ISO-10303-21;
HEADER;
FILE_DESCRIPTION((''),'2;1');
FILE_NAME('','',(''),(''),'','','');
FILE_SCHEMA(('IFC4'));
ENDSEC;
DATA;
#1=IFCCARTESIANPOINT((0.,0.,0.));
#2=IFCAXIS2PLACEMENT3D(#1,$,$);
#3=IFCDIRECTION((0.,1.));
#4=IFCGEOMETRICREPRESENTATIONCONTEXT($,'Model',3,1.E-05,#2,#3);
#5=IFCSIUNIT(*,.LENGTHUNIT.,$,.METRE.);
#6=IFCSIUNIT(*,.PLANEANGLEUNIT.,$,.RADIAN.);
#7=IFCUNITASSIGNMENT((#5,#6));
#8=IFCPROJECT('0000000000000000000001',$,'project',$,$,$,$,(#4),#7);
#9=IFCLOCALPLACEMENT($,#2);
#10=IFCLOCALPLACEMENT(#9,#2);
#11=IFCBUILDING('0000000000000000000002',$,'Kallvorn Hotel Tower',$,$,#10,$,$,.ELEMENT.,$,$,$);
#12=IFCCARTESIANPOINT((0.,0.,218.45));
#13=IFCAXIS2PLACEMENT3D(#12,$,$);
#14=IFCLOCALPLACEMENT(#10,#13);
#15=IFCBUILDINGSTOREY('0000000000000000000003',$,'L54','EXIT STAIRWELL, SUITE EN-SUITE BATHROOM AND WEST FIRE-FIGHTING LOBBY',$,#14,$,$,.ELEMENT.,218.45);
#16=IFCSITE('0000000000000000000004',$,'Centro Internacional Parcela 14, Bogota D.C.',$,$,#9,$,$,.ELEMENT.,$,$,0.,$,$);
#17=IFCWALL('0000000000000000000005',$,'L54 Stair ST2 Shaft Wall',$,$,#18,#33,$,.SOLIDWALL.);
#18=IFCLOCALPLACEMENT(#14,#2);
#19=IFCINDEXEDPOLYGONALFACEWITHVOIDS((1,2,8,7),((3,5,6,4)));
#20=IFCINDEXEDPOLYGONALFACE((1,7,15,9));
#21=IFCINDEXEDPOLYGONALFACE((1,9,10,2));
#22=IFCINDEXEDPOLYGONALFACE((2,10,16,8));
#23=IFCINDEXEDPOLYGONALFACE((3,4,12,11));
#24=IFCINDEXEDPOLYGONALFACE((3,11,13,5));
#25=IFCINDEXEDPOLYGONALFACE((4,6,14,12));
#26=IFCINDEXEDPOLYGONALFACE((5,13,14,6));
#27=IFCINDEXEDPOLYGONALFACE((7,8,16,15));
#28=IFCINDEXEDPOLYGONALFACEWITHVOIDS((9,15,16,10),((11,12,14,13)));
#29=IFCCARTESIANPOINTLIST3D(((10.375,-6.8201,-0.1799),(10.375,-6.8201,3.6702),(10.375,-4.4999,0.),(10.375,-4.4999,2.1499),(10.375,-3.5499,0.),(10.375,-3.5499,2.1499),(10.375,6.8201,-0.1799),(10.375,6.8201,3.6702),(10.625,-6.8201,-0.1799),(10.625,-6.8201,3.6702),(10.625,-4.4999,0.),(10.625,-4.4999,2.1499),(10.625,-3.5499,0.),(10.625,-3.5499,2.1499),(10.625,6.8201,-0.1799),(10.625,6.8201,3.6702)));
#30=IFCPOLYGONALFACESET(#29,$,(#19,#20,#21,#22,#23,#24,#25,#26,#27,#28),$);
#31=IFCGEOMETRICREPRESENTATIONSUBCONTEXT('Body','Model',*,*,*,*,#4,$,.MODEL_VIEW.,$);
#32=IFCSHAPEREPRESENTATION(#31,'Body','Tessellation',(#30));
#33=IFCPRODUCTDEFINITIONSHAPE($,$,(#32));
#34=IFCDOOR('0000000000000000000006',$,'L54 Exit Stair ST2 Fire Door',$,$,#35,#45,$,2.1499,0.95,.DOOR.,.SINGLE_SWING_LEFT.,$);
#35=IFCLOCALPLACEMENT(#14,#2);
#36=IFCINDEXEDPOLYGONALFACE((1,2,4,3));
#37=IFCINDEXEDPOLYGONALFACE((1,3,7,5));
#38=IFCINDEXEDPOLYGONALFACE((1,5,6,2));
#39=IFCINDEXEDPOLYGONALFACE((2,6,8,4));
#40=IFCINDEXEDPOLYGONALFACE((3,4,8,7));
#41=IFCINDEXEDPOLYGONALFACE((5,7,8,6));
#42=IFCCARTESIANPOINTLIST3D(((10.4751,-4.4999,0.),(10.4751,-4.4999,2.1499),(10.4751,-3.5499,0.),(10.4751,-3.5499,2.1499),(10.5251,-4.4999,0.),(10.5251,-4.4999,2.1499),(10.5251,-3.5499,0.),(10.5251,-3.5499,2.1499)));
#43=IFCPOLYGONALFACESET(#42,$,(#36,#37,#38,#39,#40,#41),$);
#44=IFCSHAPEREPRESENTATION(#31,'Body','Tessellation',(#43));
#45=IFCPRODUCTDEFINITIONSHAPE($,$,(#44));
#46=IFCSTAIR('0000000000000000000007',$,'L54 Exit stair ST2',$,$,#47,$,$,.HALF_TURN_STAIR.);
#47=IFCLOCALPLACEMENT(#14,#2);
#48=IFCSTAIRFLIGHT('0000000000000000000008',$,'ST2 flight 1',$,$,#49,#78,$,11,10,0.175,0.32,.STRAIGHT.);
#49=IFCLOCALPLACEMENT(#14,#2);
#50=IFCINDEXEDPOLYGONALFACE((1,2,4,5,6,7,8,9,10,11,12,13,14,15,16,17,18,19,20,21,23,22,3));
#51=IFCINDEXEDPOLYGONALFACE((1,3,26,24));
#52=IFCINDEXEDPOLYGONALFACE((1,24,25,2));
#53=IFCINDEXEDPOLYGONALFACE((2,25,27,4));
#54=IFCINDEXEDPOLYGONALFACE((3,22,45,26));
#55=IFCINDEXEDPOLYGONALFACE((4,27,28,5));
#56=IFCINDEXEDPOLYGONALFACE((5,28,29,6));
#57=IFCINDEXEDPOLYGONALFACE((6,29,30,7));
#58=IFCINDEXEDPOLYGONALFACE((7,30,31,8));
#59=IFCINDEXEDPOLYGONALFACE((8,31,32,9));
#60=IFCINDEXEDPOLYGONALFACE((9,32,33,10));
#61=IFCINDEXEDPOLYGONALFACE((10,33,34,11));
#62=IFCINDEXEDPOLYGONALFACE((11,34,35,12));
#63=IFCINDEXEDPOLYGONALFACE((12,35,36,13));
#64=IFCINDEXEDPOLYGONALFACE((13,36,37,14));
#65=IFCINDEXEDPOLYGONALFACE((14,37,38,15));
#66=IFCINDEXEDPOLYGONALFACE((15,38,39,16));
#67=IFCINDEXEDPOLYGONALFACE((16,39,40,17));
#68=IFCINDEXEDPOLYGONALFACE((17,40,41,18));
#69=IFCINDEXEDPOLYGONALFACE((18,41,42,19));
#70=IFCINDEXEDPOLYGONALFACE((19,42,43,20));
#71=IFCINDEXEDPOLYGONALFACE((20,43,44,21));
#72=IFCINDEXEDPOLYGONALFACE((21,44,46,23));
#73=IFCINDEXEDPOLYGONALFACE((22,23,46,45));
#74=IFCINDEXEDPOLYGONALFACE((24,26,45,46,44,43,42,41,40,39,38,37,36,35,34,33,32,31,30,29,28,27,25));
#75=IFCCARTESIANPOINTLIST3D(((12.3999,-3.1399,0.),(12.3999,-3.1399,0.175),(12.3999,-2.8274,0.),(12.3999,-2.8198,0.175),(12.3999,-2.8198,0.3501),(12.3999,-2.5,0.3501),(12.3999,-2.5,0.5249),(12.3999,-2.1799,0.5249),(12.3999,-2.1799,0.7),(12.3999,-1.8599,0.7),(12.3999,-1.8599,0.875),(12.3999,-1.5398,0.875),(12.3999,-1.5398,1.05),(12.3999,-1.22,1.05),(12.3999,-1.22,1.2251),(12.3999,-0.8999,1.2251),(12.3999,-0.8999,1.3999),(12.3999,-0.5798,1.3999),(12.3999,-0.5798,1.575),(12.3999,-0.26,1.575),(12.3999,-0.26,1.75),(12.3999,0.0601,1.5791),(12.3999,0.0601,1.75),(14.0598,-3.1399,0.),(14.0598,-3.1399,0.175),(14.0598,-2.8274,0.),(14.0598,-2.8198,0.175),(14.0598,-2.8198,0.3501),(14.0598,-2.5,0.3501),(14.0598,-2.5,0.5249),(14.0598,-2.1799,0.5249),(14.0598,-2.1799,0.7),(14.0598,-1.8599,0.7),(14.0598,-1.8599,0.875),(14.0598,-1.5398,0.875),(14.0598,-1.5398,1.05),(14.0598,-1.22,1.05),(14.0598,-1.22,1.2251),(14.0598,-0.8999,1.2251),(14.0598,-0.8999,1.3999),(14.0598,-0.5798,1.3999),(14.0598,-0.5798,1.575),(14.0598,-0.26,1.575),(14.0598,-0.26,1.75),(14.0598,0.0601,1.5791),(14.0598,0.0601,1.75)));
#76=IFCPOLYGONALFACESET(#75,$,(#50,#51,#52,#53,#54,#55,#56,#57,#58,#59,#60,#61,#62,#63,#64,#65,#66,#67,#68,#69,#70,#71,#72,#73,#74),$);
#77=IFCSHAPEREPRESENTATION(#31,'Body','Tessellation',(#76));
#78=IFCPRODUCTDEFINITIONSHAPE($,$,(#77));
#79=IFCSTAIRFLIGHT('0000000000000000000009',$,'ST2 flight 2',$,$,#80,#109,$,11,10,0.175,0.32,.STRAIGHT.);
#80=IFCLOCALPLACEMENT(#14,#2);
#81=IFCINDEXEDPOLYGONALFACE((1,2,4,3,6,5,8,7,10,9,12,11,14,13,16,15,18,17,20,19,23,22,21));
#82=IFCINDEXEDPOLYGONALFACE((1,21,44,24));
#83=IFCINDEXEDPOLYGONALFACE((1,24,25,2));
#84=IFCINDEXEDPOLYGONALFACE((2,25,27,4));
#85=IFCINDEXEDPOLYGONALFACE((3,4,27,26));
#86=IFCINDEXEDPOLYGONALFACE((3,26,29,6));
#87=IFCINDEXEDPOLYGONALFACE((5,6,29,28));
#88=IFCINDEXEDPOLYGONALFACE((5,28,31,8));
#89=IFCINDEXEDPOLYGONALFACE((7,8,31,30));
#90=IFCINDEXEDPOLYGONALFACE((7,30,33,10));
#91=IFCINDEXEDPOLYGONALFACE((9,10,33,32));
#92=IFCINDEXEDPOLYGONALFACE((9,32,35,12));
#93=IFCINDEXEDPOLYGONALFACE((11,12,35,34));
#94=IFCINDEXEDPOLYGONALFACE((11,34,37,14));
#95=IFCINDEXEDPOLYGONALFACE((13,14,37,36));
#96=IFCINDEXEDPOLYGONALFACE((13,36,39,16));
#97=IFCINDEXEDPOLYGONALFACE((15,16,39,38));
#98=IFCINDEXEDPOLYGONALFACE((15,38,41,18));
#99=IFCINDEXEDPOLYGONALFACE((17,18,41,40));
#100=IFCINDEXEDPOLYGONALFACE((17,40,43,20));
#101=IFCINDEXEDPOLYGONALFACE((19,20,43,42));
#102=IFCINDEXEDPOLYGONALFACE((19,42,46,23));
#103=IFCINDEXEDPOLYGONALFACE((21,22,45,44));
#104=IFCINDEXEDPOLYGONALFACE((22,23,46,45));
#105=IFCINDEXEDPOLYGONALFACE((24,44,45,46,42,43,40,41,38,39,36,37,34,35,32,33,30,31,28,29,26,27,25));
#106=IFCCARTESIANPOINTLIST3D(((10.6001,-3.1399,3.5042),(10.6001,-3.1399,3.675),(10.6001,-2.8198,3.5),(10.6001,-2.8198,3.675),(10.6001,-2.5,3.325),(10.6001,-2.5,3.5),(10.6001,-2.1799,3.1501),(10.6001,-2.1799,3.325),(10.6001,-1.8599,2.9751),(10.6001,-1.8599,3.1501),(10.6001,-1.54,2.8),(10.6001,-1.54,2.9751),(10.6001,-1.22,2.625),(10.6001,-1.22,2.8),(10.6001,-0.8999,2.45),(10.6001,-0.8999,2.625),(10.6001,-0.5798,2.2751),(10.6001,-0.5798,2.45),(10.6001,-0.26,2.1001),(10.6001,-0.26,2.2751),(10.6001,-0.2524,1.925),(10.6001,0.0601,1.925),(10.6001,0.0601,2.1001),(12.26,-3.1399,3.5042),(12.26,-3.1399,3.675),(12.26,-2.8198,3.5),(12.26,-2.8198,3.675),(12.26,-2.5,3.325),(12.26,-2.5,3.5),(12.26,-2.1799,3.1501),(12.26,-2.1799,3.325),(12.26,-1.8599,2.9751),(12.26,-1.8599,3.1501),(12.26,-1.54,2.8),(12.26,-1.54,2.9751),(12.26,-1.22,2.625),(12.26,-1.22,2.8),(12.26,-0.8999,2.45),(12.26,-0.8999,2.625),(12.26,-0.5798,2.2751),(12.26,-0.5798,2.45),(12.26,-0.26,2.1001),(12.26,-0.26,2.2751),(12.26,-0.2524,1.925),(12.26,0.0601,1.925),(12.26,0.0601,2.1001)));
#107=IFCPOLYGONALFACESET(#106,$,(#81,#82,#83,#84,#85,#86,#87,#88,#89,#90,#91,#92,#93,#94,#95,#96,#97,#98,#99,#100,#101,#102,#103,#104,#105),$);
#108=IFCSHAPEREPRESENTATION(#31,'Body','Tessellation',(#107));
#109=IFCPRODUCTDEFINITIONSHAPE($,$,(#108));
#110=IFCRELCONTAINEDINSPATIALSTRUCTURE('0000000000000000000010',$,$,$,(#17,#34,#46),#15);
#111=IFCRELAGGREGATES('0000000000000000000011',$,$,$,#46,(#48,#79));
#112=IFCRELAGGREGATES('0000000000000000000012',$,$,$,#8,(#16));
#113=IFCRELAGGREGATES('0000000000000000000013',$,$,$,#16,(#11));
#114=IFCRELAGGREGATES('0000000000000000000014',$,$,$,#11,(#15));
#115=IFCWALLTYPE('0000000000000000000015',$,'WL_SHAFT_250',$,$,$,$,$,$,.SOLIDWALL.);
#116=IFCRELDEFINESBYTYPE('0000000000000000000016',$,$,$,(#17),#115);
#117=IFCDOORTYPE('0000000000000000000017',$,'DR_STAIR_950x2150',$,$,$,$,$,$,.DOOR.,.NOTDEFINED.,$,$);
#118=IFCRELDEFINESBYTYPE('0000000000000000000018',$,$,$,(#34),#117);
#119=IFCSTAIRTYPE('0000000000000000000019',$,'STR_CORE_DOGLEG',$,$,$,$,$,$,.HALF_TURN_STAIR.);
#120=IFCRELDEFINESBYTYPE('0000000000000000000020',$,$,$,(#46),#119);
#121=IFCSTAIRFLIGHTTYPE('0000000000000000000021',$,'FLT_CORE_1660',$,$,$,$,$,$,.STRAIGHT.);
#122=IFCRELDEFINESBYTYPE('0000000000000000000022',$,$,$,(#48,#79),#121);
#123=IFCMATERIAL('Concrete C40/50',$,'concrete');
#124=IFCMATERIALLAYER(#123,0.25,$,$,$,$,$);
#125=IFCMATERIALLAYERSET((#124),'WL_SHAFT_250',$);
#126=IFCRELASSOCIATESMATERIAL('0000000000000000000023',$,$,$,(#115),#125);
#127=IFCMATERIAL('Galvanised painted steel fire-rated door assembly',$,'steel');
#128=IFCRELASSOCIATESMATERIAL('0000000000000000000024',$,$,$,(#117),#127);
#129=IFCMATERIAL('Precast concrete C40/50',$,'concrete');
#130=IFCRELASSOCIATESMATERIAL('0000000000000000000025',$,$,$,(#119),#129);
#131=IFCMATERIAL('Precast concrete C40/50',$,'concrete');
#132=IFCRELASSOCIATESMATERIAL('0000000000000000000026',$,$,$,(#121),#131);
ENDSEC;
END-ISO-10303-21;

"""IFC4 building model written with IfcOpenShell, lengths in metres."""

from ifc_helpers import new_model, si_unit, direction, frame, frame_2d, origin, place, context, subcontext, project, spatial, polyline, rectangle, outline, extrude, material, layer, layer_set, type_object, element, fill, aggregate, save


model = new_model("IFC4")

# Units and contexts
model_context = context("Model", 3, precision=1e-05, world=origin(), true_north=direction((0.0, 1.0)))
body_context = subcontext(model_context, "Body", "Model", "MODEL_VIEW")
ifc_project = project(units=[si_unit("LENGTHUNIT", "METRE"), si_unit("PLANEANGLEUNIT", "RADIAN")], contexts=[model_context])

# Site, building, storey
site_placement = place(None, origin())
site = spatial("IfcSite", under=ifc_project, at=site_placement, Name="Centro Internacional Parcela 14, Bogota D.C.", CompositionType="ELEMENT", RefElevation=0.0)
building_placement = place(site_placement, origin())
building = spatial("IfcBuilding", under=site, at=building_placement, Name="Kallvorn Hotel Tower", CompositionType="ELEMENT")
storey_placement = place(building_placement, frame((0.0, 0.0, 218.45)))
storey = spatial("IfcBuildingStorey", under=building, at=storey_placement, Name="L54", Description="EXIT STAIRWELL, SUITE EN-SUITE BATHROOM AND WEST FIRE-FIGHTING LOBBY", CompositionType="ELEMENT", Elevation=218.45)

# Wall, opening, door
ifc_material_1 = material(Name="Concrete C40/50", Category="concrete")
ifc_layer_1 = layer(ifc_material_1, 0.25)
ifc_layer_set_1 = layer_set([ifc_layer_1], Name="WL_SHAFT_250")
wall_type_1 = type_object("IfcWallType", Name="WL_SHAFT_250", PredefinedType="SOLIDWALL", material=ifc_layer_set_1)
wall_1_placement = place(storey_placement, frame((10.5, -6.8201, -0.1799), z_axis=(0.0, 0.0, 1.0), x_axis=(0.0, 1.0, 0.0)))
wall_1 = element("IfcWall", 1, at=wall_1_placement, inside=storey, type_object=wall_type_1, Name="L54 Stair ST2 Shaft Wall", PredefinedType="SOLIDWALL", context=body_context, shape_type="SweptSolid", body=[
    extrude(rectangle(XDim=13.6401, YDim=0.25, at=frame_2d((6.8201, 0.0))), origin(), (0.0, 0.0, 1.0), 3.8501),
])
opening_1_placement = place(wall_1_placement, frame((2.3201, 0.0, 0.1799)))
opening_1 = element("IfcOpeningElement", 2, at=opening_1_placement, cuts=wall_1, PredefinedType="OPENING", context=body_context, shape_type="SweptSolid", body=[
    extrude(rectangle(XDim=0.95, YDim=2.1499, at=frame_2d((0.4751, 1.075))), frame((0.0, 0.1399, 0.0), z_axis=(0.0, -1.0, 0.0), x_axis=(1.0, 0.0, 0.0)), (0.0, 0.0, 1.0), 0.28),
])
ifc_material_2 = material(Name="Galvanised painted steel fire-rated door assembly", Category="steel")
door_type_1 = type_object("IfcDoorType", Name="DR_STAIR_950x2150", OperationType="NOTDEFINED", PredefinedType="DOOR", material=ifc_material_2)
door_1_placement = place(opening_1_placement, origin())
door_1 = element("IfcDoor", 3, at=door_1_placement, inside=storey, type_object=door_type_1, Name="L54 Exit Stair ST2 Fire Door", OperationType="SINGLE_SWING_LEFT", OverallHeight=2.1499, OverallWidth=0.95, PredefinedType="DOOR", context=body_context, shape_type="SweptSolid", body=[
    extrude(rectangle(XDim=0.95, YDim=2.1499, at=frame_2d((0.4751, 1.075))), frame((0.0, 0.0249, 0.0), z_axis=(0.0, -1.0, 0.0), x_axis=(1.0, 0.0, 0.0)), (0.0, 0.0, 1.0), 0.05),
])
fill(opening_1, door_1)

# Stair, stair flights
ifc_material_3 = material(Name="Precast concrete C40/50", Category="concrete")
stair_type = type_object("IfcStairType", Name="STR_CORE_DOGLEG", PredefinedType="HALF_TURN_STAIR", material=ifc_material_3)
stair_placement = place(storey_placement, origin())
stair = element("IfcStair", 4, at=stair_placement, inside=storey, type_object=stair_type, Name="L54 Exit stair ST2", PredefinedType="HALF_TURN_STAIR")
ifc_material_4 = material(Name="Precast concrete C40/50", Category="concrete")
stair_flight_type = type_object("IfcStairFlightType", Name="FLT_CORE_1660", PredefinedType="STRAIGHT", material=ifc_material_4)
stair_flight_1_placement = place(storey_placement, frame((13.23, -3.1399, 0.0), z_axis=(0.0, 0.0, 1.0), x_axis=(0.0, 1.0, 0.0)))
stair_flight_1 = element("IfcStairFlight", 5, at=stair_flight_1_placement, type_object=stair_flight_type, Name="ST2 flight 1", NumberOfRisers=11, NumberOfTreads=10, PredefinedType="STRAIGHT", RiserHeight=0.175, TreadLength=0.32, context=body_context, shape_type="SweptSolid", body=[
    extrude(outline(polyline([(0.0, 0.0), (0.0, 0.175), (0.3201, 0.175), (0.3201, 0.3501), (0.6399, 0.3501), (0.6399, 0.5249), (0.96, 0.5249), (0.96, 0.7), (1.28, 0.7), (1.28, 0.875), (1.6001, 0.875), (1.6001, 1.05), (1.9199, 1.05), (1.9199, 1.2251), (2.24, 1.2251), (2.24, 1.3999), (2.5601, 1.3999), (2.5601, 1.575), (2.8799, 1.575), (2.8799, 1.75), (3.2, 1.75), (3.2, 1.925), (3.2, 1.5791), (0.3125, 0.0), (0.0, 0.0)])), frame((0.0, 0.8301, 0.0), z_axis=(0.0, -1.0, 0.0), x_axis=(1.0, 0.0, 0.0)), (0.0, 0.0, 1.0), 1.6599),
])
stair_flight_2_placement = place(storey_placement, frame((11.4299, 0.0601, 1.925), z_axis=(0.0, 0.0, 1.0), x_axis=(0.0, -1.0, 0.0)))
stair_flight_2 = element("IfcStairFlight", 6, at=stair_flight_2_placement, type_object=stair_flight_type, Name="ST2 flight 2", NumberOfRisers=11, NumberOfTreads=10, PredefinedType="STRAIGHT", RiserHeight=0.175, TreadLength=0.32, context=body_context, shape_type="SweptSolid", body=[
    extrude(outline(polyline([(0.0, 0.0), (0.0, 0.175), (0.3201, 0.175), (0.3201, 0.3501), (0.6399, 0.3501), (0.6399, 0.5249), (0.96, 0.5249), (0.96, 0.7), (1.28, 0.7), (1.28, 0.875), (1.6001, 0.875), (1.6001, 1.05), (1.9199, 1.05), (1.9199, 1.2251), (2.24, 1.2251), (2.24, 1.3999), (2.5601, 1.3999), (2.5601, 1.575), (2.8799, 1.575), (2.8799, 1.75), (3.2, 1.75), (3.2, 1.925), (3.2, 1.5791), (0.3125, 0.0), (0.0, 0.0)])), frame((0.0, 0.8301, 0.0), z_axis=(0.0, -1.0, 0.0), x_axis=(1.0, 0.0, 0.0)), (0.0, 0.0, 1.0), 1.6599),
])
aggregate(stair, [stair_flight_1, stair_flight_2])

save(model, "model.ifc")
